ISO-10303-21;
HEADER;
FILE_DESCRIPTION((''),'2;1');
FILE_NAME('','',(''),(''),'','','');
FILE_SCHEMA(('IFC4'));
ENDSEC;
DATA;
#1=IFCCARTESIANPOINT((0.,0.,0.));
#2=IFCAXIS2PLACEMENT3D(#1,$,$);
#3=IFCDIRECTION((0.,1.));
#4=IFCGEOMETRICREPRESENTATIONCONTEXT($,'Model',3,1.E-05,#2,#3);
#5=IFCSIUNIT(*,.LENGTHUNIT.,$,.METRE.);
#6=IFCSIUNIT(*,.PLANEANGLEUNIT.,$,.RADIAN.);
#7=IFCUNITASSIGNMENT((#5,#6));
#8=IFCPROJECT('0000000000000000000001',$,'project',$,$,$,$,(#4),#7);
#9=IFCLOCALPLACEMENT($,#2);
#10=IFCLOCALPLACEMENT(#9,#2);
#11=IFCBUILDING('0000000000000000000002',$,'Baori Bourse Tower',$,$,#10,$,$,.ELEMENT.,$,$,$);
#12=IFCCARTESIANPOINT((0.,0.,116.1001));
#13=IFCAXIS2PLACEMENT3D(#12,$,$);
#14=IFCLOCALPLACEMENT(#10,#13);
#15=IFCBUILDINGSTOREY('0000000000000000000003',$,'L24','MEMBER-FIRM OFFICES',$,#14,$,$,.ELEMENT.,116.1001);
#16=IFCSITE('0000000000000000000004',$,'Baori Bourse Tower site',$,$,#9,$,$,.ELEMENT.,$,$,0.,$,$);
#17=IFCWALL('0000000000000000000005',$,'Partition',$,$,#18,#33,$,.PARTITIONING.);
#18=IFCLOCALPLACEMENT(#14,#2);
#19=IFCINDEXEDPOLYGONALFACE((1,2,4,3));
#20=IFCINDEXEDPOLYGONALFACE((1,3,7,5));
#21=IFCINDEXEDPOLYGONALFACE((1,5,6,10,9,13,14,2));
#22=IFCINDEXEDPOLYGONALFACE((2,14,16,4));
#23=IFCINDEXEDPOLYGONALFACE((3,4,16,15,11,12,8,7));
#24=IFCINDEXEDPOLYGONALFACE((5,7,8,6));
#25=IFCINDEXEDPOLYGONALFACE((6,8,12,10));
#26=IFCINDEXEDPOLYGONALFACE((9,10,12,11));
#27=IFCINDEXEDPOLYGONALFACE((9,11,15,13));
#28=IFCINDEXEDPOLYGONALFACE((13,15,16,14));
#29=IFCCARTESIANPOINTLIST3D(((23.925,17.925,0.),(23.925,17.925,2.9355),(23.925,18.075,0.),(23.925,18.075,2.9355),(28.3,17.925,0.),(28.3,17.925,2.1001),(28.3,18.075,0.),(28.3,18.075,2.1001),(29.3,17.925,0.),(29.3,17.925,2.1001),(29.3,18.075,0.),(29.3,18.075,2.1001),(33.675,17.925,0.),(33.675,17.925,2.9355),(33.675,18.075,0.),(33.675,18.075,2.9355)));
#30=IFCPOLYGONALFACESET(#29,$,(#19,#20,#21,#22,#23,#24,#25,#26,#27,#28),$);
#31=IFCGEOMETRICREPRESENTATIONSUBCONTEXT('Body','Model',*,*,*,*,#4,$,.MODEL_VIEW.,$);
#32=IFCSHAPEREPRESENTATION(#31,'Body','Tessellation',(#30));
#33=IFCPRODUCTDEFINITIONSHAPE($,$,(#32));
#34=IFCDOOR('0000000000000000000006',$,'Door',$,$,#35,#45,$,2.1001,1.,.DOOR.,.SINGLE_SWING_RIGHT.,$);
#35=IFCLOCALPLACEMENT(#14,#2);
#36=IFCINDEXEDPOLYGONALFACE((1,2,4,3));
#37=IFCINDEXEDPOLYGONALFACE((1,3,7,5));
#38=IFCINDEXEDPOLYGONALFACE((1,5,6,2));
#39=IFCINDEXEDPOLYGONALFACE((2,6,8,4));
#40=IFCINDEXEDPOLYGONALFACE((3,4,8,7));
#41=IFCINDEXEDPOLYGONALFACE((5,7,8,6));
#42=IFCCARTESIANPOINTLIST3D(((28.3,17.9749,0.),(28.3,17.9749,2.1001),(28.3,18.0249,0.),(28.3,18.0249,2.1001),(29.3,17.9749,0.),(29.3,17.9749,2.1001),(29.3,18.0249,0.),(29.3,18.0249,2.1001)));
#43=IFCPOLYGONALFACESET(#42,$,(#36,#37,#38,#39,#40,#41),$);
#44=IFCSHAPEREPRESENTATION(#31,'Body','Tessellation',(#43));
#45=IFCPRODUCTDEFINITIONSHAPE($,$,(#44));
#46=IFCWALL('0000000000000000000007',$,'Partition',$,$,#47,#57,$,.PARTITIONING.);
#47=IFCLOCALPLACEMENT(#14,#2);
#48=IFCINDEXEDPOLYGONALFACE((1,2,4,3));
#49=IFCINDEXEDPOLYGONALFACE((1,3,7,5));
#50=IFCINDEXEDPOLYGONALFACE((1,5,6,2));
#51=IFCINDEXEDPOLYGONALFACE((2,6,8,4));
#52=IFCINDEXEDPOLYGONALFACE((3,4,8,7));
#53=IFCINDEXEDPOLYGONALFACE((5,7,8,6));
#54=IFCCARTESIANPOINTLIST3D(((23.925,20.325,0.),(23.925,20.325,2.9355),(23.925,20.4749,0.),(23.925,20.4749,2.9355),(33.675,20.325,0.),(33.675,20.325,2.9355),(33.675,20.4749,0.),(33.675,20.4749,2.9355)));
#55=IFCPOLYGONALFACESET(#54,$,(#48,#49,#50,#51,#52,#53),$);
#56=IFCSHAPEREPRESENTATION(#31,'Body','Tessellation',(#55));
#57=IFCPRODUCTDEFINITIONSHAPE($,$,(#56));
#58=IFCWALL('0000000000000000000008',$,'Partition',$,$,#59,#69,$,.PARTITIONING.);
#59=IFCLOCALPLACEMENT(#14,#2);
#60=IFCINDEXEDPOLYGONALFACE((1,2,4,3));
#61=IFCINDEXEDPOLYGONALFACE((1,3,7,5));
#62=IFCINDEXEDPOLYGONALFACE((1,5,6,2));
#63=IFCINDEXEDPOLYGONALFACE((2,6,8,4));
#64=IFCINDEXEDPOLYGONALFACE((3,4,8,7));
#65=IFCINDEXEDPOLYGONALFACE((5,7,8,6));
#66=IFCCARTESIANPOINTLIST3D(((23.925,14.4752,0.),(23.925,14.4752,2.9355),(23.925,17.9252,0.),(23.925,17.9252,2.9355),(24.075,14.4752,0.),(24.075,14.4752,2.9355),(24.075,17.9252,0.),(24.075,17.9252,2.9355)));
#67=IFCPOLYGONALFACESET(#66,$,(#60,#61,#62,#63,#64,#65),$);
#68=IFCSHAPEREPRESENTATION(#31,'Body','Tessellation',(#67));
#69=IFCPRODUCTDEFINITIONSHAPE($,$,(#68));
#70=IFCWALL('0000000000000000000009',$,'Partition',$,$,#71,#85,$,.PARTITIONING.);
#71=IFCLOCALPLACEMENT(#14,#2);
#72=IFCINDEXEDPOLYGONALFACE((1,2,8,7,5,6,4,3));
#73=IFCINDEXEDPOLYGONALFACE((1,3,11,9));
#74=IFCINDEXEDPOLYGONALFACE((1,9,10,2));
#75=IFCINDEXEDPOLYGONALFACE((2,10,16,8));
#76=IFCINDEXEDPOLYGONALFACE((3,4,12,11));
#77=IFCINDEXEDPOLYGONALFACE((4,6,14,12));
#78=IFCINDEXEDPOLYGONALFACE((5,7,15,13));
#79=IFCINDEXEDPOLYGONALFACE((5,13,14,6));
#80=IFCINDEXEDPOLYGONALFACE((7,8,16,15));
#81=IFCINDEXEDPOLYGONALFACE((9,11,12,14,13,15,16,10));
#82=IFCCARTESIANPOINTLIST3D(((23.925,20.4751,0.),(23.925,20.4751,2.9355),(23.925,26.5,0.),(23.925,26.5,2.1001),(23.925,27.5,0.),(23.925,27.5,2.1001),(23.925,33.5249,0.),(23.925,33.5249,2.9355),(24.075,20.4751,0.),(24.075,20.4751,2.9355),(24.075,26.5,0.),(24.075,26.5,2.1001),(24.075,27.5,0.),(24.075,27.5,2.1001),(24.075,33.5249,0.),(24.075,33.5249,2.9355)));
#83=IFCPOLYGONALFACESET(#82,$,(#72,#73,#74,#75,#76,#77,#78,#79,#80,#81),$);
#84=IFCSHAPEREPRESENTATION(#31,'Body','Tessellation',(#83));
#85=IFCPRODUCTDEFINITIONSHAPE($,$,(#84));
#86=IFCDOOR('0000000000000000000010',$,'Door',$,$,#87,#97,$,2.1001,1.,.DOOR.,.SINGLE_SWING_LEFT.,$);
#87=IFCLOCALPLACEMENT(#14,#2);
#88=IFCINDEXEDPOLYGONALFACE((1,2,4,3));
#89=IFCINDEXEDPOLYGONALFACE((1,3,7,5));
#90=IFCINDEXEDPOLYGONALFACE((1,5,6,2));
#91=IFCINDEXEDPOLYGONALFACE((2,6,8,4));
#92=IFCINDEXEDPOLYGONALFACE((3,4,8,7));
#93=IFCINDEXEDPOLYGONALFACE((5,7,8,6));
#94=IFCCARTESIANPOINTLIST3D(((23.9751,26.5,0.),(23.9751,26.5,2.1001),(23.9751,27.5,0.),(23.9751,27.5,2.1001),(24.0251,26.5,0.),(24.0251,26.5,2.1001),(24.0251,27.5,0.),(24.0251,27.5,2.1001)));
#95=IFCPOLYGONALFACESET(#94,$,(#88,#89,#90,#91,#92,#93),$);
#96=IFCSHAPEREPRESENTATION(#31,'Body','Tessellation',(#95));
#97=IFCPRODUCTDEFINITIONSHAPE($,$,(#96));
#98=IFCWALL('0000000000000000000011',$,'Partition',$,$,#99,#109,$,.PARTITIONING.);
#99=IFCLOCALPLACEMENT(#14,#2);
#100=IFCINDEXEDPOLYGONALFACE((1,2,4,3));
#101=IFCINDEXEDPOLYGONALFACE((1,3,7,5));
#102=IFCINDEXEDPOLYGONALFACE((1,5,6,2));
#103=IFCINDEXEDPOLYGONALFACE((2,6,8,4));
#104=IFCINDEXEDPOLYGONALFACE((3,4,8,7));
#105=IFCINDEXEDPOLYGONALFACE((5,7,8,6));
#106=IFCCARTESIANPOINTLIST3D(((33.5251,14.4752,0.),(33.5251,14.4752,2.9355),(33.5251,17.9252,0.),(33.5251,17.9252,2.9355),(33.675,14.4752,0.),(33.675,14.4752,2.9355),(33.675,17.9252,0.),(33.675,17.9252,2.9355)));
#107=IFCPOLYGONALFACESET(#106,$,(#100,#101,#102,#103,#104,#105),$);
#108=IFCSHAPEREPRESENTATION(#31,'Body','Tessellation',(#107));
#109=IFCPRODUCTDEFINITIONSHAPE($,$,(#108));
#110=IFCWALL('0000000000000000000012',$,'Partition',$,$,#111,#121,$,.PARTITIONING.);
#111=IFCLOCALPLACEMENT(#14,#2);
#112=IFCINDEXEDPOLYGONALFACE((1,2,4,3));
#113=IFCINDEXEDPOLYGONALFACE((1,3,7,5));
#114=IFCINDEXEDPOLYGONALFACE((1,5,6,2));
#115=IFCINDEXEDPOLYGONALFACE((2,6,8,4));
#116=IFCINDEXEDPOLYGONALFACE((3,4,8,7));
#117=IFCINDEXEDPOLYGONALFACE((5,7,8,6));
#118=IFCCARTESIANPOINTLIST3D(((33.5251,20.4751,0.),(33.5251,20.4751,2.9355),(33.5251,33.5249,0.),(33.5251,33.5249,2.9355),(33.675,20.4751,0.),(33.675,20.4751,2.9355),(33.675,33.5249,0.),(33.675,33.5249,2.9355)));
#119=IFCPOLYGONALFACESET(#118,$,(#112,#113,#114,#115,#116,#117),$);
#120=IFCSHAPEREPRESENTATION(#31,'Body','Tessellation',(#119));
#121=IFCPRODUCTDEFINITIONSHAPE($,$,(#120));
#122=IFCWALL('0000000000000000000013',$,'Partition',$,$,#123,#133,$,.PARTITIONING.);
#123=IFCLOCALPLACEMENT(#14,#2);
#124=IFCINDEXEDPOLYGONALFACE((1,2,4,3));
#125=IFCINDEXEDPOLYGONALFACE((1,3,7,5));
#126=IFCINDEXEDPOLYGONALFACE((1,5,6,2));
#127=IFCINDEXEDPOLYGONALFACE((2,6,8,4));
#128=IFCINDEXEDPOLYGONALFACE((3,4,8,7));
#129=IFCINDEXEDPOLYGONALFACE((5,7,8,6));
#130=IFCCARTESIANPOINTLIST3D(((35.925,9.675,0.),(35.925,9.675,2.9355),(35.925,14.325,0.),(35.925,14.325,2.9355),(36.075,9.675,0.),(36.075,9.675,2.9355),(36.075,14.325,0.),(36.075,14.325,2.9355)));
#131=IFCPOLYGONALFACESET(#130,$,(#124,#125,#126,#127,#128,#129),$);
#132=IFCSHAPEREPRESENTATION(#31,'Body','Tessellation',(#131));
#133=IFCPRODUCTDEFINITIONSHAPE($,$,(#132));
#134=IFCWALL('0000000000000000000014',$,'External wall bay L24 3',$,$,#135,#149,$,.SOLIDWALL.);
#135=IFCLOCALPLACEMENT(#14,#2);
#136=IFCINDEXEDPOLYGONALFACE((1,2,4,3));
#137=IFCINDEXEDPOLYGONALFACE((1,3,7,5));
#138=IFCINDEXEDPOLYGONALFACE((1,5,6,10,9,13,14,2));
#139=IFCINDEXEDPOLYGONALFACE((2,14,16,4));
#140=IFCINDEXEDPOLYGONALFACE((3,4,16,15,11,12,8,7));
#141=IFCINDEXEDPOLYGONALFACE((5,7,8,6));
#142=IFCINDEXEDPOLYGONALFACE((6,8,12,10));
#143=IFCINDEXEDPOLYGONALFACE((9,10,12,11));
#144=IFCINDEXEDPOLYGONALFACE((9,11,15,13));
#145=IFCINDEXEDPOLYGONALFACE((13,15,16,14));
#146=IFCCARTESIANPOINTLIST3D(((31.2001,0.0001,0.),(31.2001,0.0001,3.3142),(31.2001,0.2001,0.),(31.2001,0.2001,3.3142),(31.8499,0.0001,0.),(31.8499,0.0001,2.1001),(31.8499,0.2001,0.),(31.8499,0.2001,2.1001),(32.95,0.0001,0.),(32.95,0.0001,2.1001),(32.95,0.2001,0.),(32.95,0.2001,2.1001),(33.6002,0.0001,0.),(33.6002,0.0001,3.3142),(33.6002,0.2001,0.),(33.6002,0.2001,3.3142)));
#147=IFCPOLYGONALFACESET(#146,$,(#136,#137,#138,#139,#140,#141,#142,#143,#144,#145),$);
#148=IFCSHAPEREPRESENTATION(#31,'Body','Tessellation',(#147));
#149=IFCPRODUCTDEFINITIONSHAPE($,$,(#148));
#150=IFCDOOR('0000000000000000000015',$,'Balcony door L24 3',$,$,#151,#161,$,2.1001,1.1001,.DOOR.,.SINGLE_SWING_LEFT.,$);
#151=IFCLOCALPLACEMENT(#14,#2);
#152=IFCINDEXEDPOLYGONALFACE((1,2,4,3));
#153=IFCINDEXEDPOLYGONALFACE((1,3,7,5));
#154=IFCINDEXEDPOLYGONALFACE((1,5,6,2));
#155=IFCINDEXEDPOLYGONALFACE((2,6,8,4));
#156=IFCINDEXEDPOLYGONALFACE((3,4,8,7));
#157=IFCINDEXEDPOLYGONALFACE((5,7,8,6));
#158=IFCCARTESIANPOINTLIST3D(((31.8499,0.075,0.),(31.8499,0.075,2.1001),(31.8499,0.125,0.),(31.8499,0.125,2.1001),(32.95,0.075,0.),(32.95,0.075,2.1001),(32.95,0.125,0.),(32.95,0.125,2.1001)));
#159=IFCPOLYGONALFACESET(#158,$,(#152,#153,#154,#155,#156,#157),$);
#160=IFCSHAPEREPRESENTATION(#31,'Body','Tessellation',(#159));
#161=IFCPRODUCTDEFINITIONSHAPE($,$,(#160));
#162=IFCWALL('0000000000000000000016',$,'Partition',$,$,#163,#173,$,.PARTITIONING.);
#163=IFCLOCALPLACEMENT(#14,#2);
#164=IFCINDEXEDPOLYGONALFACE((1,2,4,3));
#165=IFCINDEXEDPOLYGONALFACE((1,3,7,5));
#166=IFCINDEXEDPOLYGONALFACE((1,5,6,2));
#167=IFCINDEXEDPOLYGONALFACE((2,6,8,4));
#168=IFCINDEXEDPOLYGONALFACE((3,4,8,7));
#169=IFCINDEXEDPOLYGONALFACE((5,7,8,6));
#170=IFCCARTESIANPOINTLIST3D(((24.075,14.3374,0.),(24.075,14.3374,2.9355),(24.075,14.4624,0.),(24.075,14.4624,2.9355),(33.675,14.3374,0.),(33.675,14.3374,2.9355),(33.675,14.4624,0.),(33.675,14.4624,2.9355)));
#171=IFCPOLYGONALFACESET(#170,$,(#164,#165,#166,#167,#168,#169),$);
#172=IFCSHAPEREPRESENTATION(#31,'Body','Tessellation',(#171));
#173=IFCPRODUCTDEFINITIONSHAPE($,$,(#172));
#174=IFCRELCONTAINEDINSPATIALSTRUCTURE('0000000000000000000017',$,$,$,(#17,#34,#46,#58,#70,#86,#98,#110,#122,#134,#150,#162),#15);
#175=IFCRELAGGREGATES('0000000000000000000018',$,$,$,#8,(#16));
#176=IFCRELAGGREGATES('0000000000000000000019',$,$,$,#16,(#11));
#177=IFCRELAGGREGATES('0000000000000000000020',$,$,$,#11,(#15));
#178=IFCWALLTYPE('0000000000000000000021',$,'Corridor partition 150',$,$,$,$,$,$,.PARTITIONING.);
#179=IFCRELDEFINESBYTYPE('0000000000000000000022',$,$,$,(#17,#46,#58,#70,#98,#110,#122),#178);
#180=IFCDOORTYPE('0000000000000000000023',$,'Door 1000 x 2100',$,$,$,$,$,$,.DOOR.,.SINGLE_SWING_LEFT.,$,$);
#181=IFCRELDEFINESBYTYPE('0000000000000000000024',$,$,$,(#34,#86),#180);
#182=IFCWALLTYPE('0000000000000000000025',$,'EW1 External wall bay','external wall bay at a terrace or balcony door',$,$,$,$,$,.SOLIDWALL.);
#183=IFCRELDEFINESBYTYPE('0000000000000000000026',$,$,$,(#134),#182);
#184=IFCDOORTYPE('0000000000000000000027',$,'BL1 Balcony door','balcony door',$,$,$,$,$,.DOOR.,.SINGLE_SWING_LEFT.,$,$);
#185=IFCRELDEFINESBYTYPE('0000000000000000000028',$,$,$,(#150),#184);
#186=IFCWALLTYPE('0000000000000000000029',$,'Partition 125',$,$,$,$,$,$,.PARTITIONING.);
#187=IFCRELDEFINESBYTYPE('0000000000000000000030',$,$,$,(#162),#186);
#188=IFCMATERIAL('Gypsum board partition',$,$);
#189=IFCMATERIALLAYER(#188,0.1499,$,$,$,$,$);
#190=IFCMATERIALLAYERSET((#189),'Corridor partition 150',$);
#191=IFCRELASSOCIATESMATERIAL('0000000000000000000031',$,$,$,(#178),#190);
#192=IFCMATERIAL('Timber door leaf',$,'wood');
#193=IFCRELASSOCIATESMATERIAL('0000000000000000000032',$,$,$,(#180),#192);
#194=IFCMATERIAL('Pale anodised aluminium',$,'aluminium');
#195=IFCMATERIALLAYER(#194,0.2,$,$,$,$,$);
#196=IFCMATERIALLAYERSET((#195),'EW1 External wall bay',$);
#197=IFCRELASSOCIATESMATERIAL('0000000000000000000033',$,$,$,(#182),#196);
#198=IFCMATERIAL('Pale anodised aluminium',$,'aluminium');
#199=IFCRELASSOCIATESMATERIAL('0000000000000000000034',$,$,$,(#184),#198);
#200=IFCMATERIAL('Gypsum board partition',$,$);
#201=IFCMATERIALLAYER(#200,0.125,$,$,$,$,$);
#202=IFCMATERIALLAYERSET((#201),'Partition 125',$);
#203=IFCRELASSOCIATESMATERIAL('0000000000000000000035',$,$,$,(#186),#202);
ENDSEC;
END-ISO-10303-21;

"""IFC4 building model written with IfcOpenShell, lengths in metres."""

from ifc_helpers import new_model, si_unit, direction, frame, frame_2d, origin, place, context, subcontext, project, spatial, rectangle, extrude, material, layer, layer_set, type_object, element, fill, save


model = new_model("IFC4")

# Units and contexts
model_context = context("Model", 3, precision=1e-05, world=origin(), true_north=direction((0.0, 1.0)))
body_context = subcontext(model_context, "Body", "Model", "MODEL_VIEW")
ifc_project = project(units=[si_unit("LENGTHUNIT", "METRE"), si_unit("PLANEANGLEUNIT", "RADIAN")], contexts=[model_context])

# Site, building, storey
site_placement = place(None, origin())
site = spatial("IfcSite", under=ifc_project, at=site_placement, Name="Baori Bourse Tower site", CompositionType="ELEMENT", RefElevation=0.0)
building_placement = place(site_placement, origin())
building = spatial("IfcBuilding", under=site, at=building_placement, Name="Baori Bourse Tower", CompositionType="ELEMENT")
storey_placement = place(building_placement, frame((0.0, 0.0, 116.1001)))
storey = spatial("IfcBuildingStorey", under=building, at=storey_placement, Name="L24", Description="MEMBER-FIRM OFFICES", CompositionType="ELEMENT", Elevation=116.1001)

# Shared definitions
ifc_material_1 = material(Name="Gypsum board partition")
ifc_layer_1 = layer(ifc_material_1, 0.1499)
ifc_layer_set_1 = layer_set([ifc_layer_1], Name="Corridor partition 150")
wall_type_1 = type_object("IfcWallType", Name="Corridor partition 150", PredefinedType="PARTITIONING", material=ifc_layer_set_1)

# Wall, opening, door
wall_1_placement = place(storey_placement, frame((23.925, 18.0, 0.0), z_axis=(0.0, 0.0, 1.0), x_axis=(1.0, 0.0, 0.0)))
wall_1 = element("IfcWall", 1, at=wall_1_placement, inside=storey, type_object=wall_type_1, Name="Partition", PredefinedType="PARTITIONING", context=body_context, shape_type="SweptSolid", body=[
    extrude(rectangle(XDim=9.75, YDim=0.1499, at=frame_2d((4.875, 0.0))), origin(), (0.0, 0.0, 1.0), 2.9355),
])
opening_1_placement = place(wall_1_placement, frame((4.375, 0.0, 0.0)))
opening_1 = element("IfcOpeningElement", 2, at=opening_1_placement, cuts=wall_1, PredefinedType="OPENING", context=body_context, shape_type="SweptSolid", body=[
    extrude(rectangle(XDim=1.0, YDim=2.1001, at=frame_2d((0.5, 1.05))), frame((0.0, 0.085, 0.0), z_axis=(0.0, -1.0, 0.0), x_axis=(1.0, 0.0, 0.0)), (0.0, 0.0, 1.0), 0.1699),
])
ifc_material_2 = material(Name="Timber door leaf", Category="wood")
door_type_1 = type_object("IfcDoorType", Name="Door 1000 x 2100", OperationType="SINGLE_SWING_LEFT", PredefinedType="DOOR", material=ifc_material_2)
door_1_placement = place(opening_1_placement, origin())
door_1 = element("IfcDoor", 3, at=door_1_placement, inside=storey, type_object=door_type_1, Name="Door", OperationType="SINGLE_SWING_RIGHT", OverallHeight=2.1001, OverallWidth=1.0, PredefinedType="DOOR", context=body_context, shape_type="SweptSolid", body=[
    extrude(rectangle(XDim=1.0, YDim=2.1001, at=frame_2d((0.5, 1.05))), frame((0.0, 0.0249, 0.0), z_axis=(0.0, -1.0, 0.0), x_axis=(1.0, 0.0, 0.0)), (0.0, 0.0, 1.0), 0.05),
])
fill(opening_1, door_1)

# Walls
wall_2_placement = place(storey_placement, frame((23.925, 20.3999, 0.0), z_axis=(0.0, 0.0, 1.0), x_axis=(1.0, 0.0, 0.0)))
element("IfcWall", 4, at=wall_2_placement, inside=storey, type_object=wall_type_1, Name="Partition", PredefinedType="PARTITIONING", context=body_context, shape_type="SweptSolid", body=[
    extrude(rectangle(XDim=9.75, YDim=0.1499, at=frame_2d((4.875, 0.0))), origin(), (0.0, 0.0, 1.0), 2.9355),
])
wall_3_placement = place(storey_placement, frame((24.0, 14.4751, 0.0), z_axis=(0.0, 0.0, 1.0), x_axis=(0.0, 1.0, 0.0)))
element("IfcWall", 5, at=wall_3_placement, inside=storey, type_object=wall_type_1, Name="Partition", PredefinedType="PARTITIONING", context=body_context, shape_type="SweptSolid", body=[
    extrude(rectangle(XDim=3.45, YDim=0.1499, at=frame_2d((1.7251, 0.0))), origin(), (0.0, 0.0, 1.0), 2.9355),
])

# Wall, opening, door
wall_4_placement = place(storey_placement, frame((24.0, 20.4751, 0.0), z_axis=(0.0, 0.0, 1.0), x_axis=(0.0, 1.0, 0.0)))
wall_4 = element("IfcWall", 6, at=wall_4_placement, inside=storey, type_object=wall_type_1, Name="Partition", PredefinedType="PARTITIONING", context=body_context, shape_type="SweptSolid", body=[
    extrude(rectangle(XDim=13.0498, YDim=0.1499, at=frame_2d((6.5249, 0.0))), origin(), (0.0, 0.0, 1.0), 2.9355),
])
opening_2_placement = place(wall_4_placement, frame((6.0249, 0.0, 0.0)))
opening_2 = element("IfcOpeningElement", 7, at=opening_2_placement, cuts=wall_4, PredefinedType="OPENING", context=body_context, shape_type="SweptSolid", body=[
    extrude(rectangle(XDim=1.0, YDim=2.1001, at=frame_2d((0.5, 1.05))), frame((0.0, 0.085, 0.0), z_axis=(0.0, -1.0, 0.0), x_axis=(1.0, 0.0, 0.0)), (0.0, 0.0, 1.0), 0.1699),
])
door_2_placement = place(opening_2_placement, origin())
door_2 = element("IfcDoor", 8, at=door_2_placement, inside=storey, type_object=door_type_1, Name="Door", OperationType="SINGLE_SWING_LEFT", OverallHeight=2.1001, OverallWidth=1.0, PredefinedType="DOOR", context=body_context, shape_type="SweptSolid", body=[
    extrude(rectangle(XDim=1.0, YDim=2.1001, at=frame_2d((0.5, 1.05))), frame((0.0, 0.0249, 0.0), z_axis=(0.0, -1.0, 0.0), x_axis=(1.0, 0.0, 0.0)), (0.0, 0.0, 1.0), 0.05),
])
fill(opening_2, door_2)

# Walls
wall_5_placement = place(storey_placement, frame((33.6001, 14.4751, 0.0), z_axis=(0.0, 0.0, 1.0), x_axis=(0.0, 1.0, 0.0)))
element("IfcWall", 9, at=wall_5_placement, inside=storey, type_object=wall_type_1, Name="Partition", PredefinedType="PARTITIONING", context=body_context, shape_type="SweptSolid", body=[
    extrude(rectangle(XDim=3.45, YDim=0.1499, at=frame_2d((1.7251, 0.0))), origin(), (0.0, 0.0, 1.0), 2.9355),
])
wall_6_placement = place(storey_placement, frame((33.6001, 20.4751, 0.0), z_axis=(0.0, 0.0, 1.0), x_axis=(0.0, 1.0, 0.0)))
element("IfcWall", 10, at=wall_6_placement, inside=storey, type_object=wall_type_1, Name="Partition", PredefinedType="PARTITIONING", context=body_context, shape_type="SweptSolid", body=[
    extrude(rectangle(XDim=13.0498, YDim=0.1499, at=frame_2d((6.5249, 0.0))), origin(), (0.0, 0.0, 1.0), 2.9355),
])
wall_7_placement = place(storey_placement, frame((36.0, 9.675, 0.0), z_axis=(0.0, 0.0, 1.0), x_axis=(0.0, 1.0, 0.0)))
element("IfcWall", 11, at=wall_7_placement, inside=storey, type_object=wall_type_1, Name="Partition", PredefinedType="PARTITIONING", context=body_context, shape_type="SweptSolid", body=[
    extrude(rectangle(XDim=4.6499, YDim=0.1499, at=frame_2d((2.325, 0.0))), origin(), (0.0, 0.0, 1.0), 2.9355),
])

# Wall, opening, door
ifc_material_3 = material(Name="Pale anodised aluminium", Category="aluminium")
ifc_layer_2 = layer(ifc_material_3, 0.2)
ifc_layer_set_2 = layer_set([ifc_layer_2], Name="EW1 External wall bay")
wall_type_2 = type_object("IfcWallType", Name="EW1 External wall bay", Description="external wall bay at a terrace or balcony door", PredefinedType="SOLIDWALL", material=ifc_layer_set_2)
wall_8_placement = place(storey_placement, frame((31.2, 0.1001, 0.0), z_axis=(0.0, 0.0, 1.0), x_axis=(1.0, 0.0, 0.0)))
wall_8 = element("IfcWall", 12, at=wall_8_placement, inside=storey, type_object=wall_type_2, Name="External wall bay L24 3", PredefinedType="SOLIDWALL", context=body_context, shape_type="SweptSolid", body=[
    extrude(rectangle(XDim=2.4001, YDim=0.2, at=frame_2d((1.2002, 0.0))), origin(), (0.0, 0.0, 1.0), 3.3142),
])
opening_3_placement = place(wall_8_placement, frame((0.6499, 0.0, 0.0)))
opening_3 = element("IfcOpeningElement", 13, at=opening_3_placement, cuts=wall_8, PredefinedType="OPENING", context=body_context, shape_type="SweptSolid", body=[
    extrude(rectangle(XDim=1.1001, YDim=2.1001, at=frame_2d((0.55, 1.05))), frame((0.0, 0.1099, 0.0), z_axis=(0.0, -1.0, 0.0), x_axis=(1.0, 0.0, 0.0)), (0.0, 0.0, 1.0), 0.22),
])
ifc_material_4 = material(Name="Pale anodised aluminium", Category="aluminium")
door_type_2 = type_object("IfcDoorType", Name="BL1 Balcony door", Description="balcony door", OperationType="SINGLE_SWING_LEFT", PredefinedType="DOOR", material=ifc_material_4)
door_3_placement = place(opening_3_placement, origin())
door_3 = element("IfcDoor", 14, at=door_3_placement, inside=storey, type_object=door_type_2, Name="Balcony door L24 3", OperationType="SINGLE_SWING_LEFT", OverallHeight=2.1001, OverallWidth=1.1001, PredefinedType="DOOR", context=body_context, shape_type="SweptSolid", body=[
    extrude(rectangle(XDim=1.1001, YDim=2.1001, at=frame_2d((0.55, 1.05))), frame((0.0, 0.0249, 0.0), z_axis=(0.0, -1.0, 0.0), x_axis=(1.0, 0.0, 0.0)), (0.0, 0.0, 1.0), 0.05),
])
fill(opening_3, door_3)

# Wall
ifc_material_5 = material(Name="Gypsum board partition")
ifc_layer_3 = layer(ifc_material_5, 0.125)
ifc_layer_set_3 = layer_set([ifc_layer_3], Name="Partition 125")
wall_type_3 = type_object("IfcWallType", Name="Partition 125", PredefinedType="PARTITIONING", material=ifc_layer_set_3)
wall_9_placement = place(storey_placement, frame((24.075, 14.3999, 0.0), z_axis=(0.0, 0.0, 1.0), x_axis=(1.0, 0.0, 0.0)))
element("IfcWall", 15, at=wall_9_placement, inside=storey, type_object=wall_type_3, Name="Partition", PredefinedType="PARTITIONING", context=body_context, shape_type="SweptSolid", body=[
    extrude(rectangle(XDim=9.6001, YDim=0.125, at=frame_2d((4.8, 0.0))), origin(), (0.0, 0.0, 1.0), 2.9355),
])

save(model, "model.ifc")
